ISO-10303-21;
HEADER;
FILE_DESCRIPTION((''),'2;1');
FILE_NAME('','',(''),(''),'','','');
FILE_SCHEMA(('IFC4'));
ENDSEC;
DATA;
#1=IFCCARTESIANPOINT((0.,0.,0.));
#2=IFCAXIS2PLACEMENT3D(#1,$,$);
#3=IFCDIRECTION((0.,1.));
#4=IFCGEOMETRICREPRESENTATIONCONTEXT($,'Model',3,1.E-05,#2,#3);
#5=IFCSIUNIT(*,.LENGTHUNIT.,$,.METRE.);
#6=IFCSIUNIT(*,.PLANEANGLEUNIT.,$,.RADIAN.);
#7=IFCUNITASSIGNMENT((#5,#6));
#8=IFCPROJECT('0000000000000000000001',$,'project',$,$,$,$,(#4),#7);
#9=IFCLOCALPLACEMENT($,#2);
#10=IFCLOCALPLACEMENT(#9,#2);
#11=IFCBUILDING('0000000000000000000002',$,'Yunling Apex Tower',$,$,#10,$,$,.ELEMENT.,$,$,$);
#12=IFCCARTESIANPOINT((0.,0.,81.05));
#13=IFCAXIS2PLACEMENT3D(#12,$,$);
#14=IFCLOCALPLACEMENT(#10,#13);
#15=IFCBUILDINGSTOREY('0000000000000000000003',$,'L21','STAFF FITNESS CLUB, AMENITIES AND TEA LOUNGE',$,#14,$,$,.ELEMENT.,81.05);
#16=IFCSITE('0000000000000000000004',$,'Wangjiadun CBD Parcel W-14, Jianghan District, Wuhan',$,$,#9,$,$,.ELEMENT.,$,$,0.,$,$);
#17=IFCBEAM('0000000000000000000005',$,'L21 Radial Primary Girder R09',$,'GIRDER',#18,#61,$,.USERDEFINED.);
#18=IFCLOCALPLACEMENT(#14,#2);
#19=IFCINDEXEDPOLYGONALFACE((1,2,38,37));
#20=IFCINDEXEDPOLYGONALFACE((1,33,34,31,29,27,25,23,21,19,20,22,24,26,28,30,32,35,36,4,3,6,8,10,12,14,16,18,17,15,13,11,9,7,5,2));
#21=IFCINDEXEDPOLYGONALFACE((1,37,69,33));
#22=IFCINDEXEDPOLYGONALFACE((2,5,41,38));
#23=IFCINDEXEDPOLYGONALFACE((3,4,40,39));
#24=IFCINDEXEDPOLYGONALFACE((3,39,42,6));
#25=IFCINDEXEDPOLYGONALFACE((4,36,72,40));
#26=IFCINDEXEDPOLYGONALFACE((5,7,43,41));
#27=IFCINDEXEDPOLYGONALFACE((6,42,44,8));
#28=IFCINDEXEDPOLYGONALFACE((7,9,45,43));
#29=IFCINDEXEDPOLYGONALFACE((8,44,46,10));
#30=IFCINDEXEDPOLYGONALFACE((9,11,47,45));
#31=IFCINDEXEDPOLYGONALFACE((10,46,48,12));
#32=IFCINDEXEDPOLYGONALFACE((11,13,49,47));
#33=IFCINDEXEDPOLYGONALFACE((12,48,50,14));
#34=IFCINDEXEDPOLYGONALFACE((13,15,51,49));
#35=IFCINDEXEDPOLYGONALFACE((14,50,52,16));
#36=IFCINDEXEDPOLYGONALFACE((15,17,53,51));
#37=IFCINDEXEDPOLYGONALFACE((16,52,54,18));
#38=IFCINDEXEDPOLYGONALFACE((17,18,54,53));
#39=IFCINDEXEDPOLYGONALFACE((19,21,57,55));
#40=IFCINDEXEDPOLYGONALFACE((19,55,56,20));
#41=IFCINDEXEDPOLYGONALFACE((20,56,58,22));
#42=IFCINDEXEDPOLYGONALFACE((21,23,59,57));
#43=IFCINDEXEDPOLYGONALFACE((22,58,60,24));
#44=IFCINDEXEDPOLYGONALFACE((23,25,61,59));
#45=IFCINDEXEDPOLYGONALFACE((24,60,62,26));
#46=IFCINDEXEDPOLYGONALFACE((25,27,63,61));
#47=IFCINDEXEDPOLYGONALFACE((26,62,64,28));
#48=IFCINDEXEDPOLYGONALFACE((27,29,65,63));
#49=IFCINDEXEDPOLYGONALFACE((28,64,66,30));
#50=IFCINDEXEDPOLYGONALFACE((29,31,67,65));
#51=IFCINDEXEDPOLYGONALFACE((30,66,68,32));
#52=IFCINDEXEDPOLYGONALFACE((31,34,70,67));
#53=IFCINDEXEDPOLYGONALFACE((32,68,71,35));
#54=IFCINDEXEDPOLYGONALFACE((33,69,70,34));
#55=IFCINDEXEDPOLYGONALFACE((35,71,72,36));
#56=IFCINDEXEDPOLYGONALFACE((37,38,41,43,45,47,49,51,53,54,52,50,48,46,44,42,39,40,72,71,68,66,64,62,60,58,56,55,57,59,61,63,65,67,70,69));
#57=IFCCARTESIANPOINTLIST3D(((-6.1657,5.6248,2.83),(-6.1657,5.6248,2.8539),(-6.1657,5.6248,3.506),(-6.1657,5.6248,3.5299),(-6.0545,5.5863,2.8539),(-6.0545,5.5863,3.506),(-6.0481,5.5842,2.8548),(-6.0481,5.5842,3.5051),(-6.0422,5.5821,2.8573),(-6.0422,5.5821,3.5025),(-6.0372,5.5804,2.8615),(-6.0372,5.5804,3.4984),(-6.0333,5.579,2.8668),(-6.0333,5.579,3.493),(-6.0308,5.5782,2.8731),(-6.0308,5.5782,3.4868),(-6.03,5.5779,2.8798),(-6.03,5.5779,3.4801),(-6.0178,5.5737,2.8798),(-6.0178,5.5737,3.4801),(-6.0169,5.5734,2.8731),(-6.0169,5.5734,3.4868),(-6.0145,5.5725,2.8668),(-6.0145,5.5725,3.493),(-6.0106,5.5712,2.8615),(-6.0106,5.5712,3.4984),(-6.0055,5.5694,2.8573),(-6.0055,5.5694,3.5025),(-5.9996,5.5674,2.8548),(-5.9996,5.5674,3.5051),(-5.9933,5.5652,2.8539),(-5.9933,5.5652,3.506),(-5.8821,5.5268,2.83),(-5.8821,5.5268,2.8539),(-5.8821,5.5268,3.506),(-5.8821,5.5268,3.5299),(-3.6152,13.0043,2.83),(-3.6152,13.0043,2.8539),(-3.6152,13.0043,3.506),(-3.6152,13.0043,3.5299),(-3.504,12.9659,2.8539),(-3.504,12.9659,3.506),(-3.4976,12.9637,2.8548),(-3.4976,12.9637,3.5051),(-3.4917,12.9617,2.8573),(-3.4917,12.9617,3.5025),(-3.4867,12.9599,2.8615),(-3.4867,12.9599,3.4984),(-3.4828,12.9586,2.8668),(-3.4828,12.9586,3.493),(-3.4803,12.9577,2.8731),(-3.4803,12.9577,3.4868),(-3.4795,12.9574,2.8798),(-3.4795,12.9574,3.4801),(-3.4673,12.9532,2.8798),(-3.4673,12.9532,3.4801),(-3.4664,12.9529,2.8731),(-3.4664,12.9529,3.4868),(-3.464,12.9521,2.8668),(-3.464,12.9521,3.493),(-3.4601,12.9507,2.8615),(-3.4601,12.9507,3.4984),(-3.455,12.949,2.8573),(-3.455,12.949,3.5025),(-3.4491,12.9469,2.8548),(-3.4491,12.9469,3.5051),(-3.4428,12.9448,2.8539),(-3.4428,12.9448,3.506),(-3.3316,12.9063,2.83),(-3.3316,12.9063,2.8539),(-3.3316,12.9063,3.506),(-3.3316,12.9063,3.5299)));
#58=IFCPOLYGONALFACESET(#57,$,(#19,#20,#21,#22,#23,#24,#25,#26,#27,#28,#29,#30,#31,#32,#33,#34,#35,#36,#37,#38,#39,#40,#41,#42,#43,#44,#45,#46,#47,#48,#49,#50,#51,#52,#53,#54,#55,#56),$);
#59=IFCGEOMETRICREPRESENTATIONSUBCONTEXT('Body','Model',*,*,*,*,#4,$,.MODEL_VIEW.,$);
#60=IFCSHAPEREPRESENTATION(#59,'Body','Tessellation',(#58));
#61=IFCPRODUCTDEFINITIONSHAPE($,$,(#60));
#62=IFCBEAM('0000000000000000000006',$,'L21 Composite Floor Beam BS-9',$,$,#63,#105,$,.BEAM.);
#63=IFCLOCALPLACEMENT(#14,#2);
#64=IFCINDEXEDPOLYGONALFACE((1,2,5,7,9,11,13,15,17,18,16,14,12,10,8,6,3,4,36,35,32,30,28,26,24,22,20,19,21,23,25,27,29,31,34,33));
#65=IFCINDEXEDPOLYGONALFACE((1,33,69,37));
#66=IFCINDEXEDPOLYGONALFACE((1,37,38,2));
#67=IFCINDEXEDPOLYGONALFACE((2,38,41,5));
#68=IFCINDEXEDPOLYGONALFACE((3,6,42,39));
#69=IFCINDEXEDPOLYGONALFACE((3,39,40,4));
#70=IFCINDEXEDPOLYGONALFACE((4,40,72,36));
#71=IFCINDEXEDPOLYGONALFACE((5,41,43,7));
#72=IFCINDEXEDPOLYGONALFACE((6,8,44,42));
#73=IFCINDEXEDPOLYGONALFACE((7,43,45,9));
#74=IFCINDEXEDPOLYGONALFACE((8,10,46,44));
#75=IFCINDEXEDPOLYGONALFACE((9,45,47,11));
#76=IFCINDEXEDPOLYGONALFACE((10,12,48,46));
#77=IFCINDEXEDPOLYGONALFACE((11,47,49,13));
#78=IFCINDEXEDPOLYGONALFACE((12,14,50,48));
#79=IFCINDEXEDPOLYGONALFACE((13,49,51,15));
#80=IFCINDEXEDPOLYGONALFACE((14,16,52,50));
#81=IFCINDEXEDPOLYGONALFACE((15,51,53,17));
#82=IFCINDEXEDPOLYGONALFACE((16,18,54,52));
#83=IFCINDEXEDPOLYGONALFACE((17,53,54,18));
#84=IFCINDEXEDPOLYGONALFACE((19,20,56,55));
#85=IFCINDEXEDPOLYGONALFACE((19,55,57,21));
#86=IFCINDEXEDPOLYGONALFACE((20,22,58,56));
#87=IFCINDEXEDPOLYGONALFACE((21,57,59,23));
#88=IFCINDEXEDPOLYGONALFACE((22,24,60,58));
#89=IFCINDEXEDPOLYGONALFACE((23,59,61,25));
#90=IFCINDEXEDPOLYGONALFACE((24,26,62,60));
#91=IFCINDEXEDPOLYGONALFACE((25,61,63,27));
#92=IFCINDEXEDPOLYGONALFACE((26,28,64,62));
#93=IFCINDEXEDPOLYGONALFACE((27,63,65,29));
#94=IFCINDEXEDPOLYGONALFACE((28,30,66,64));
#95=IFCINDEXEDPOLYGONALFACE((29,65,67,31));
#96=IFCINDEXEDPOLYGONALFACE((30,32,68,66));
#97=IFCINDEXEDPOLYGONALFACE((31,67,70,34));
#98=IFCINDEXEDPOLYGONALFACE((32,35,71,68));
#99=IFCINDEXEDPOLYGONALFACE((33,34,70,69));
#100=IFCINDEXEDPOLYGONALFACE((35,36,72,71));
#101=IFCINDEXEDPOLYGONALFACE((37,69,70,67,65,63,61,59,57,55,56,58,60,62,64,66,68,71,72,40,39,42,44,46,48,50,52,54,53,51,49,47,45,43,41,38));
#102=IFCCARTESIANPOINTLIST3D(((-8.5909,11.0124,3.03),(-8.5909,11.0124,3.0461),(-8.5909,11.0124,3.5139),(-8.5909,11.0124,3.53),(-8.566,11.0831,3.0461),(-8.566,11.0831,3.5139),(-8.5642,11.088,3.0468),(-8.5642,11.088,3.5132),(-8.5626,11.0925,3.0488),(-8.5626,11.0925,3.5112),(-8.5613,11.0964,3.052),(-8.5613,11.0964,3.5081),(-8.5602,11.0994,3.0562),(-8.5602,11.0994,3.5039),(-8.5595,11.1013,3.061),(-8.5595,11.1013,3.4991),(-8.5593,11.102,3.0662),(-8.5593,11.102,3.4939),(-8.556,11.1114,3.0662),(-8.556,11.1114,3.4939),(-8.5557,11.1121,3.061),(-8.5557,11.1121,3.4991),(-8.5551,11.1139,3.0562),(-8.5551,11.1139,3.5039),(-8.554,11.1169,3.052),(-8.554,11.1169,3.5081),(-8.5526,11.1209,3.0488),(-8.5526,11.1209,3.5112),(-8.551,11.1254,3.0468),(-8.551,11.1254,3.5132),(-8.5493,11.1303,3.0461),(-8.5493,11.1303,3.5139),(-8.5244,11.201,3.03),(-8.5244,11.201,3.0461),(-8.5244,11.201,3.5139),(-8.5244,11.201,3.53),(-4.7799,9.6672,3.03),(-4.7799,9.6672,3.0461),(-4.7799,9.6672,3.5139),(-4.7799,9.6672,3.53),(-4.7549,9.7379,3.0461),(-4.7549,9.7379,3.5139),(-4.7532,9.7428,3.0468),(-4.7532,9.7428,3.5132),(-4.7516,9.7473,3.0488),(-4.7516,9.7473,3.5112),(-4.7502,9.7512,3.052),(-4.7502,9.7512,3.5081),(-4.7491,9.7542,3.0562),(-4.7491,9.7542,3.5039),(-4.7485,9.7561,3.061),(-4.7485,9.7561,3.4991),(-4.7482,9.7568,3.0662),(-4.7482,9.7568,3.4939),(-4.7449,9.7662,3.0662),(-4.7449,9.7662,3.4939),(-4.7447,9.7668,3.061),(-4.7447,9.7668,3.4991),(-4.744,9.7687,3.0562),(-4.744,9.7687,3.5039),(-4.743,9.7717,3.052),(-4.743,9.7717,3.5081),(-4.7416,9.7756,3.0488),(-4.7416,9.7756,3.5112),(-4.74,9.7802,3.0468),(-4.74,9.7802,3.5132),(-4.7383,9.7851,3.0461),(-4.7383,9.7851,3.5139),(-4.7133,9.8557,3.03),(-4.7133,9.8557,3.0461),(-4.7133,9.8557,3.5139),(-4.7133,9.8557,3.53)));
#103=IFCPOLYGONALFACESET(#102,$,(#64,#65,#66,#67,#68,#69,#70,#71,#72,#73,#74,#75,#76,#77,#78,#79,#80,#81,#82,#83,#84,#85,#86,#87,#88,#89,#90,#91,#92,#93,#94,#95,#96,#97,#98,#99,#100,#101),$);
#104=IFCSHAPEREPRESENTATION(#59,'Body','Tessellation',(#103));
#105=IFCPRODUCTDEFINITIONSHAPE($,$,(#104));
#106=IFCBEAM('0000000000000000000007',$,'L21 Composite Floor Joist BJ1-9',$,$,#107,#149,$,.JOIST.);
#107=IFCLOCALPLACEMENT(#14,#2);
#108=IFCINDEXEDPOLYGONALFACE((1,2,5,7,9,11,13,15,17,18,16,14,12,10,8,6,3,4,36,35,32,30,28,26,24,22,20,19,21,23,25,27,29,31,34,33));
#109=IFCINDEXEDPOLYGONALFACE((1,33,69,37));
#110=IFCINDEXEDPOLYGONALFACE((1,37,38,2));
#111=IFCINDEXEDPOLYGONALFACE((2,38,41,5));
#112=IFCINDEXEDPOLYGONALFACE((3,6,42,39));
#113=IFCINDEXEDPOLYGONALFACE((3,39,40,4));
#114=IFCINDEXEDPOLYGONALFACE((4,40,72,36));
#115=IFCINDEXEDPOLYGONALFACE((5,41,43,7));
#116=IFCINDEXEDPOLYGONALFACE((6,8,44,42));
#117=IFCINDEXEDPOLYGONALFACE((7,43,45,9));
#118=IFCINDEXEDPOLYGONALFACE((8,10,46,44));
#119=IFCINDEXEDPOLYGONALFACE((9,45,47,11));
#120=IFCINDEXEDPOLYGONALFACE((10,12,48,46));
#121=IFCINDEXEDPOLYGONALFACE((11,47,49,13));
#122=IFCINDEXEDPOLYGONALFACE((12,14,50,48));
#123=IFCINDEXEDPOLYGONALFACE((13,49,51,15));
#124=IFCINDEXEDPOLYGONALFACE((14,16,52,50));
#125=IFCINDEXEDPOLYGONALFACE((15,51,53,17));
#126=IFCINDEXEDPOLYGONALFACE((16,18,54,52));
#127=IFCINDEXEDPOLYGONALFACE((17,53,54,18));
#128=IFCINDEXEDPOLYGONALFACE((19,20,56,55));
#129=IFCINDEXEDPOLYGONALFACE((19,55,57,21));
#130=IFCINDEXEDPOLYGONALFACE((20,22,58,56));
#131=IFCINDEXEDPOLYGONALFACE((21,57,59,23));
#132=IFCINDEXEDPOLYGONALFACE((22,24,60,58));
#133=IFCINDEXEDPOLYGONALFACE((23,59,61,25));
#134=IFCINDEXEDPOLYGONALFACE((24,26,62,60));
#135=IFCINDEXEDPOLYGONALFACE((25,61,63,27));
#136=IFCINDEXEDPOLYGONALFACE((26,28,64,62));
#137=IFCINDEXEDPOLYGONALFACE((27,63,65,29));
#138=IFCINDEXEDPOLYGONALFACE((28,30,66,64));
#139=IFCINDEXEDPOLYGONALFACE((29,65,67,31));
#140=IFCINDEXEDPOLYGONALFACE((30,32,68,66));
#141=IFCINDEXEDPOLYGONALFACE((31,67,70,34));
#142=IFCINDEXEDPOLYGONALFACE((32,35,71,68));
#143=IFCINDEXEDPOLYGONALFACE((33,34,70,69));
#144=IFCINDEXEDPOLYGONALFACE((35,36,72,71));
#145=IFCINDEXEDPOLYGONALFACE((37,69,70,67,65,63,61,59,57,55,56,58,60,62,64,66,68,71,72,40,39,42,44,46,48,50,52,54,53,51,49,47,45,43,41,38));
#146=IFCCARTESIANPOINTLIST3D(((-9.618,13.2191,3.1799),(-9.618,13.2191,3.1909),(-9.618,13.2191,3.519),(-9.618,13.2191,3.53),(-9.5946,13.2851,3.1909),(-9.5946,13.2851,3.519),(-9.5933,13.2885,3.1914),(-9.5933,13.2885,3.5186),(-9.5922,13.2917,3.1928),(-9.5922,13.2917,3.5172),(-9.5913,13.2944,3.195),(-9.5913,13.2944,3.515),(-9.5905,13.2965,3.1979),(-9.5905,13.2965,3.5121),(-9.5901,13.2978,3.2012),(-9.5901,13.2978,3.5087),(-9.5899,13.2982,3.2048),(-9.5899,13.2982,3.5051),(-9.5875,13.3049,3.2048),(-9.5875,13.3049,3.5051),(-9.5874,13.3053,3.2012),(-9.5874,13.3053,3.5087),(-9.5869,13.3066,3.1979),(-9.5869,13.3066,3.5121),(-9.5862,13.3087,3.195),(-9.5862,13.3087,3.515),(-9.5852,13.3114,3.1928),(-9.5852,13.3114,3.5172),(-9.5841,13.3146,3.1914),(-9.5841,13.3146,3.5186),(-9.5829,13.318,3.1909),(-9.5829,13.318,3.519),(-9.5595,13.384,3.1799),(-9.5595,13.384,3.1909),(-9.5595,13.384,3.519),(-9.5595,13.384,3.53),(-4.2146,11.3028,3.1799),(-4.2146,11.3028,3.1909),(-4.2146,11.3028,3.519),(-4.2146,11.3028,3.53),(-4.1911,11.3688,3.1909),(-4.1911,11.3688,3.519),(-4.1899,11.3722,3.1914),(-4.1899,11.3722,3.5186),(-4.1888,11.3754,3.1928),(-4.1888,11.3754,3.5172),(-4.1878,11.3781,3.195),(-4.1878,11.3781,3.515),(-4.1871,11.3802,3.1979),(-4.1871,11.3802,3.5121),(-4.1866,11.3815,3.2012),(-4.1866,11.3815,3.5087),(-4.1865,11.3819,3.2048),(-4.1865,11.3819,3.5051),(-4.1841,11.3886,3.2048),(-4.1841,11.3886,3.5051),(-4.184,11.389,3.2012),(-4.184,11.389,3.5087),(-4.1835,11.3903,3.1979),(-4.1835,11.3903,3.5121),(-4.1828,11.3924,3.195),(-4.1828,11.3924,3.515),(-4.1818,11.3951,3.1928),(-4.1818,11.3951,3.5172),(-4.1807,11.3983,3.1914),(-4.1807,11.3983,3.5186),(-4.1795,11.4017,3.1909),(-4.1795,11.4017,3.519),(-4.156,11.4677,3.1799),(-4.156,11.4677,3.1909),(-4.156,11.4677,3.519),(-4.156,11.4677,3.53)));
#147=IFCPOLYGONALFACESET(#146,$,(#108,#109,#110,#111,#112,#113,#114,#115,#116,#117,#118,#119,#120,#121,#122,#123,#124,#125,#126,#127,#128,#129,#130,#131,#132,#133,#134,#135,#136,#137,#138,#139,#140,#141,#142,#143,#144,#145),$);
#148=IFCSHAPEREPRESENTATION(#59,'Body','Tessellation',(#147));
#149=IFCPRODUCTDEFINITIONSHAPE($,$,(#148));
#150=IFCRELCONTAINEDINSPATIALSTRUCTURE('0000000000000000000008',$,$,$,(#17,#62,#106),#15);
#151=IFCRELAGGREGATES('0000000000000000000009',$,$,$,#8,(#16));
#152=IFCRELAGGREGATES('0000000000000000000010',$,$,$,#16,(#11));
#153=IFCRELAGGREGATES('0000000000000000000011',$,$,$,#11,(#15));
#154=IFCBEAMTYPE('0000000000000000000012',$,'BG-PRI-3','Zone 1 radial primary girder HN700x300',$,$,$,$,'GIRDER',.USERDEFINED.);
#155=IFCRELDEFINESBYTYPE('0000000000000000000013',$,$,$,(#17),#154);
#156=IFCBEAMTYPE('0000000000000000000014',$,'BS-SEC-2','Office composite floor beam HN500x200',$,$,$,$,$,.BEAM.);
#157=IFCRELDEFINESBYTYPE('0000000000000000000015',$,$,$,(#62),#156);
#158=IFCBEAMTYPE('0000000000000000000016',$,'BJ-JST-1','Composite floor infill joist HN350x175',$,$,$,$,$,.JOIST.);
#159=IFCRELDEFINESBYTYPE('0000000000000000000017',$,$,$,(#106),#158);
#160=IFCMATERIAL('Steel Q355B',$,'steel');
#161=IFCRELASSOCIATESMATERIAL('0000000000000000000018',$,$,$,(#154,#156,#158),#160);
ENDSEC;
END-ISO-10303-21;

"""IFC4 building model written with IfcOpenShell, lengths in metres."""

from ifc_helpers import new_model, si_unit, direction, frame, origin, origin_2d, place, context, subcontext, project, spatial, i_section, extrude, source, transform, mapped, material, material_profile, profile_set, type_object, element, save


model = new_model("IFC4")

# Units and contexts
model_context = context("Model", 3, precision=1e-05, world=origin(), true_north=direction((0.0, 1.0)))
body_context = subcontext(model_context, "Body", "Model", "MODEL_VIEW")
ifc_project = project(units=[si_unit("LENGTHUNIT", "METRE"), si_unit("PLANEANGLEUNIT", "RADIAN")], contexts=[model_context])

# Site, building, storey
site_placement = place(None, origin())
site = spatial("IfcSite", under=ifc_project, at=site_placement, Name="Wangjiadun CBD Parcel W-14, Jianghan District, Wuhan", CompositionType="ELEMENT", RefElevation=0.0)
building_placement = place(site_placement, origin())
building = spatial("IfcBuilding", under=site, at=building_placement, Name="Yunling Apex Tower", CompositionType="ELEMENT")
storey_placement = place(building_placement, frame((0.0, 0.0, 81.05)))
storey = spatial("IfcBuildingStorey", under=building, at=storey_placement, Name="L21", Description="STAFF FITNESS CLUB, AMENITIES AND TEA LOUNGE", CompositionType="ELEMENT", Elevation=81.05)

# Beams
ifc_material_1 = material(Name="Steel Q355B", Category="steel")
ifc_material_profile_1 = material_profile(ifc_material_1, i_section(OverallWidth=0.3, OverallDepth=0.7, WebThickness=0.0129, FlangeThickness=0.0239, FilletRadius=0.0259, at=origin_2d()))
ifc_profile_set_1 = profile_set([ifc_material_profile_1], Name="Steel Q355B")
beam_type_1 = type_object("IfcBeamType", Name="BG-PRI-3", Description="Zone 1 radial primary girder HN700x300", ElementType="GIRDER", PredefinedType="USERDEFINED", material=ifc_profile_set_1)
shared_shape_1 = source(origin(), body_context, "Body", "SweptSolid", [
    extrude(i_section(OverallWidth=0.3, OverallDepth=0.7, WebThickness=0.0129, FlangeThickness=0.0239, FilletRadius=0.0259, at=origin_2d()), origin(), (0.0, 0.0, 1.0), 7.8079),
])
beam_1_placement = place(storey_placement, frame((-3.4734, 12.9553, 3.1799), z_axis=(-0.326658, -0.945142, 0.0), x_axis=(0.945142, -0.326658, 0.0)))
element("IfcBeam", 1, at=beam_1_placement, inside=storey, type_object=beam_type_1, Name="L21 Radial Primary Girder R09", ObjectType="GIRDER", PredefinedType="USERDEFINED", context=body_context, shape_type="MappedRepresentation", body=[
    mapped(shared_shape_1, transform((0.0, 0.0, 0.0), scale=1.0)),
])
ifc_material_profile_2 = material_profile(ifc_material_1, i_section(OverallWidth=0.2, OverallDepth=0.5, WebThickness=0.01, FlangeThickness=0.0161, FilletRadius=0.02, at=origin_2d()))
ifc_profile_set_2 = profile_set([ifc_material_profile_2], Name="Steel Q355B")
beam_type_2 = type_object("IfcBeamType", Name="BS-SEC-2", Description="Office composite floor beam HN500x200", PredefinedType="BEAM", material=ifc_profile_set_2)
shared_shape_2 = source(origin(), body_context, "Body", "SweptSolid", [
    extrude(i_section(OverallWidth=0.2, OverallDepth=0.5, WebThickness=0.01, FlangeThickness=0.0161, FilletRadius=0.02, at=origin_2d()), origin(), (0.0, 0.0, 1.0), 4.0415),
])
beam_2_placement = place(storey_placement, frame((-4.7466, 9.7615, 3.28), z_axis=(-0.942979, 0.332852, 0.0), x_axis=(-0.332852, -0.942979, 0.0)))
element("IfcBeam", 2, at=beam_2_placement, inside=storey, type_object=beam_type_2, Name="L21 Composite Floor Beam BS-9", PredefinedType="BEAM", context=body_context, shape_type="MappedRepresentation", body=[
    mapped(shared_shape_2, transform((0.0, 0.0, 0.0), scale=1.0)),
])
ifc_material_profile_3 = material_profile(ifc_material_1, i_section(OverallWidth=0.175, OverallDepth=0.3501, WebThickness=0.0071, FlangeThickness=0.011, FilletRadius=0.0139, at=origin_2d()))
ifc_profile_set_3 = profile_set([ifc_material_profile_3], Name="Steel Q355B")
beam_type_3 = type_object("IfcBeamType", Name="BJ-JST-1", Description="Composite floor infill joist HN350x175", PredefinedType="JOIST", material=ifc_profile_set_3)
shared_shape_3 = source(origin(), body_context, "Body", "SweptSolid", [
    extrude(i_section(OverallWidth=0.175, OverallDepth=0.3501, WebThickness=0.0071, FlangeThickness=0.011, FilletRadius=0.0139, at=origin_2d()), origin(), (0.0, 0.0, 1.0), 5.7332),
])
beam_3_placement = place(storey_placement, frame((-4.1853, 11.3853, 3.355), z_axis=(-0.942485, 0.334248, 0.0), x_axis=(-0.334248, -0.942485, 0.0)))
element("IfcBeam", 3, at=beam_3_placement, inside=storey, type_object=beam_type_3, Name="L21 Composite Floor Joist BJ1-9", PredefinedType="JOIST", context=body_context, shape_type="MappedRepresentation", body=[
    mapped(shared_shape_3, transform((0.0, 0.0, 0.0), scale=1.0)),
])

save(model, "model.ifc")
